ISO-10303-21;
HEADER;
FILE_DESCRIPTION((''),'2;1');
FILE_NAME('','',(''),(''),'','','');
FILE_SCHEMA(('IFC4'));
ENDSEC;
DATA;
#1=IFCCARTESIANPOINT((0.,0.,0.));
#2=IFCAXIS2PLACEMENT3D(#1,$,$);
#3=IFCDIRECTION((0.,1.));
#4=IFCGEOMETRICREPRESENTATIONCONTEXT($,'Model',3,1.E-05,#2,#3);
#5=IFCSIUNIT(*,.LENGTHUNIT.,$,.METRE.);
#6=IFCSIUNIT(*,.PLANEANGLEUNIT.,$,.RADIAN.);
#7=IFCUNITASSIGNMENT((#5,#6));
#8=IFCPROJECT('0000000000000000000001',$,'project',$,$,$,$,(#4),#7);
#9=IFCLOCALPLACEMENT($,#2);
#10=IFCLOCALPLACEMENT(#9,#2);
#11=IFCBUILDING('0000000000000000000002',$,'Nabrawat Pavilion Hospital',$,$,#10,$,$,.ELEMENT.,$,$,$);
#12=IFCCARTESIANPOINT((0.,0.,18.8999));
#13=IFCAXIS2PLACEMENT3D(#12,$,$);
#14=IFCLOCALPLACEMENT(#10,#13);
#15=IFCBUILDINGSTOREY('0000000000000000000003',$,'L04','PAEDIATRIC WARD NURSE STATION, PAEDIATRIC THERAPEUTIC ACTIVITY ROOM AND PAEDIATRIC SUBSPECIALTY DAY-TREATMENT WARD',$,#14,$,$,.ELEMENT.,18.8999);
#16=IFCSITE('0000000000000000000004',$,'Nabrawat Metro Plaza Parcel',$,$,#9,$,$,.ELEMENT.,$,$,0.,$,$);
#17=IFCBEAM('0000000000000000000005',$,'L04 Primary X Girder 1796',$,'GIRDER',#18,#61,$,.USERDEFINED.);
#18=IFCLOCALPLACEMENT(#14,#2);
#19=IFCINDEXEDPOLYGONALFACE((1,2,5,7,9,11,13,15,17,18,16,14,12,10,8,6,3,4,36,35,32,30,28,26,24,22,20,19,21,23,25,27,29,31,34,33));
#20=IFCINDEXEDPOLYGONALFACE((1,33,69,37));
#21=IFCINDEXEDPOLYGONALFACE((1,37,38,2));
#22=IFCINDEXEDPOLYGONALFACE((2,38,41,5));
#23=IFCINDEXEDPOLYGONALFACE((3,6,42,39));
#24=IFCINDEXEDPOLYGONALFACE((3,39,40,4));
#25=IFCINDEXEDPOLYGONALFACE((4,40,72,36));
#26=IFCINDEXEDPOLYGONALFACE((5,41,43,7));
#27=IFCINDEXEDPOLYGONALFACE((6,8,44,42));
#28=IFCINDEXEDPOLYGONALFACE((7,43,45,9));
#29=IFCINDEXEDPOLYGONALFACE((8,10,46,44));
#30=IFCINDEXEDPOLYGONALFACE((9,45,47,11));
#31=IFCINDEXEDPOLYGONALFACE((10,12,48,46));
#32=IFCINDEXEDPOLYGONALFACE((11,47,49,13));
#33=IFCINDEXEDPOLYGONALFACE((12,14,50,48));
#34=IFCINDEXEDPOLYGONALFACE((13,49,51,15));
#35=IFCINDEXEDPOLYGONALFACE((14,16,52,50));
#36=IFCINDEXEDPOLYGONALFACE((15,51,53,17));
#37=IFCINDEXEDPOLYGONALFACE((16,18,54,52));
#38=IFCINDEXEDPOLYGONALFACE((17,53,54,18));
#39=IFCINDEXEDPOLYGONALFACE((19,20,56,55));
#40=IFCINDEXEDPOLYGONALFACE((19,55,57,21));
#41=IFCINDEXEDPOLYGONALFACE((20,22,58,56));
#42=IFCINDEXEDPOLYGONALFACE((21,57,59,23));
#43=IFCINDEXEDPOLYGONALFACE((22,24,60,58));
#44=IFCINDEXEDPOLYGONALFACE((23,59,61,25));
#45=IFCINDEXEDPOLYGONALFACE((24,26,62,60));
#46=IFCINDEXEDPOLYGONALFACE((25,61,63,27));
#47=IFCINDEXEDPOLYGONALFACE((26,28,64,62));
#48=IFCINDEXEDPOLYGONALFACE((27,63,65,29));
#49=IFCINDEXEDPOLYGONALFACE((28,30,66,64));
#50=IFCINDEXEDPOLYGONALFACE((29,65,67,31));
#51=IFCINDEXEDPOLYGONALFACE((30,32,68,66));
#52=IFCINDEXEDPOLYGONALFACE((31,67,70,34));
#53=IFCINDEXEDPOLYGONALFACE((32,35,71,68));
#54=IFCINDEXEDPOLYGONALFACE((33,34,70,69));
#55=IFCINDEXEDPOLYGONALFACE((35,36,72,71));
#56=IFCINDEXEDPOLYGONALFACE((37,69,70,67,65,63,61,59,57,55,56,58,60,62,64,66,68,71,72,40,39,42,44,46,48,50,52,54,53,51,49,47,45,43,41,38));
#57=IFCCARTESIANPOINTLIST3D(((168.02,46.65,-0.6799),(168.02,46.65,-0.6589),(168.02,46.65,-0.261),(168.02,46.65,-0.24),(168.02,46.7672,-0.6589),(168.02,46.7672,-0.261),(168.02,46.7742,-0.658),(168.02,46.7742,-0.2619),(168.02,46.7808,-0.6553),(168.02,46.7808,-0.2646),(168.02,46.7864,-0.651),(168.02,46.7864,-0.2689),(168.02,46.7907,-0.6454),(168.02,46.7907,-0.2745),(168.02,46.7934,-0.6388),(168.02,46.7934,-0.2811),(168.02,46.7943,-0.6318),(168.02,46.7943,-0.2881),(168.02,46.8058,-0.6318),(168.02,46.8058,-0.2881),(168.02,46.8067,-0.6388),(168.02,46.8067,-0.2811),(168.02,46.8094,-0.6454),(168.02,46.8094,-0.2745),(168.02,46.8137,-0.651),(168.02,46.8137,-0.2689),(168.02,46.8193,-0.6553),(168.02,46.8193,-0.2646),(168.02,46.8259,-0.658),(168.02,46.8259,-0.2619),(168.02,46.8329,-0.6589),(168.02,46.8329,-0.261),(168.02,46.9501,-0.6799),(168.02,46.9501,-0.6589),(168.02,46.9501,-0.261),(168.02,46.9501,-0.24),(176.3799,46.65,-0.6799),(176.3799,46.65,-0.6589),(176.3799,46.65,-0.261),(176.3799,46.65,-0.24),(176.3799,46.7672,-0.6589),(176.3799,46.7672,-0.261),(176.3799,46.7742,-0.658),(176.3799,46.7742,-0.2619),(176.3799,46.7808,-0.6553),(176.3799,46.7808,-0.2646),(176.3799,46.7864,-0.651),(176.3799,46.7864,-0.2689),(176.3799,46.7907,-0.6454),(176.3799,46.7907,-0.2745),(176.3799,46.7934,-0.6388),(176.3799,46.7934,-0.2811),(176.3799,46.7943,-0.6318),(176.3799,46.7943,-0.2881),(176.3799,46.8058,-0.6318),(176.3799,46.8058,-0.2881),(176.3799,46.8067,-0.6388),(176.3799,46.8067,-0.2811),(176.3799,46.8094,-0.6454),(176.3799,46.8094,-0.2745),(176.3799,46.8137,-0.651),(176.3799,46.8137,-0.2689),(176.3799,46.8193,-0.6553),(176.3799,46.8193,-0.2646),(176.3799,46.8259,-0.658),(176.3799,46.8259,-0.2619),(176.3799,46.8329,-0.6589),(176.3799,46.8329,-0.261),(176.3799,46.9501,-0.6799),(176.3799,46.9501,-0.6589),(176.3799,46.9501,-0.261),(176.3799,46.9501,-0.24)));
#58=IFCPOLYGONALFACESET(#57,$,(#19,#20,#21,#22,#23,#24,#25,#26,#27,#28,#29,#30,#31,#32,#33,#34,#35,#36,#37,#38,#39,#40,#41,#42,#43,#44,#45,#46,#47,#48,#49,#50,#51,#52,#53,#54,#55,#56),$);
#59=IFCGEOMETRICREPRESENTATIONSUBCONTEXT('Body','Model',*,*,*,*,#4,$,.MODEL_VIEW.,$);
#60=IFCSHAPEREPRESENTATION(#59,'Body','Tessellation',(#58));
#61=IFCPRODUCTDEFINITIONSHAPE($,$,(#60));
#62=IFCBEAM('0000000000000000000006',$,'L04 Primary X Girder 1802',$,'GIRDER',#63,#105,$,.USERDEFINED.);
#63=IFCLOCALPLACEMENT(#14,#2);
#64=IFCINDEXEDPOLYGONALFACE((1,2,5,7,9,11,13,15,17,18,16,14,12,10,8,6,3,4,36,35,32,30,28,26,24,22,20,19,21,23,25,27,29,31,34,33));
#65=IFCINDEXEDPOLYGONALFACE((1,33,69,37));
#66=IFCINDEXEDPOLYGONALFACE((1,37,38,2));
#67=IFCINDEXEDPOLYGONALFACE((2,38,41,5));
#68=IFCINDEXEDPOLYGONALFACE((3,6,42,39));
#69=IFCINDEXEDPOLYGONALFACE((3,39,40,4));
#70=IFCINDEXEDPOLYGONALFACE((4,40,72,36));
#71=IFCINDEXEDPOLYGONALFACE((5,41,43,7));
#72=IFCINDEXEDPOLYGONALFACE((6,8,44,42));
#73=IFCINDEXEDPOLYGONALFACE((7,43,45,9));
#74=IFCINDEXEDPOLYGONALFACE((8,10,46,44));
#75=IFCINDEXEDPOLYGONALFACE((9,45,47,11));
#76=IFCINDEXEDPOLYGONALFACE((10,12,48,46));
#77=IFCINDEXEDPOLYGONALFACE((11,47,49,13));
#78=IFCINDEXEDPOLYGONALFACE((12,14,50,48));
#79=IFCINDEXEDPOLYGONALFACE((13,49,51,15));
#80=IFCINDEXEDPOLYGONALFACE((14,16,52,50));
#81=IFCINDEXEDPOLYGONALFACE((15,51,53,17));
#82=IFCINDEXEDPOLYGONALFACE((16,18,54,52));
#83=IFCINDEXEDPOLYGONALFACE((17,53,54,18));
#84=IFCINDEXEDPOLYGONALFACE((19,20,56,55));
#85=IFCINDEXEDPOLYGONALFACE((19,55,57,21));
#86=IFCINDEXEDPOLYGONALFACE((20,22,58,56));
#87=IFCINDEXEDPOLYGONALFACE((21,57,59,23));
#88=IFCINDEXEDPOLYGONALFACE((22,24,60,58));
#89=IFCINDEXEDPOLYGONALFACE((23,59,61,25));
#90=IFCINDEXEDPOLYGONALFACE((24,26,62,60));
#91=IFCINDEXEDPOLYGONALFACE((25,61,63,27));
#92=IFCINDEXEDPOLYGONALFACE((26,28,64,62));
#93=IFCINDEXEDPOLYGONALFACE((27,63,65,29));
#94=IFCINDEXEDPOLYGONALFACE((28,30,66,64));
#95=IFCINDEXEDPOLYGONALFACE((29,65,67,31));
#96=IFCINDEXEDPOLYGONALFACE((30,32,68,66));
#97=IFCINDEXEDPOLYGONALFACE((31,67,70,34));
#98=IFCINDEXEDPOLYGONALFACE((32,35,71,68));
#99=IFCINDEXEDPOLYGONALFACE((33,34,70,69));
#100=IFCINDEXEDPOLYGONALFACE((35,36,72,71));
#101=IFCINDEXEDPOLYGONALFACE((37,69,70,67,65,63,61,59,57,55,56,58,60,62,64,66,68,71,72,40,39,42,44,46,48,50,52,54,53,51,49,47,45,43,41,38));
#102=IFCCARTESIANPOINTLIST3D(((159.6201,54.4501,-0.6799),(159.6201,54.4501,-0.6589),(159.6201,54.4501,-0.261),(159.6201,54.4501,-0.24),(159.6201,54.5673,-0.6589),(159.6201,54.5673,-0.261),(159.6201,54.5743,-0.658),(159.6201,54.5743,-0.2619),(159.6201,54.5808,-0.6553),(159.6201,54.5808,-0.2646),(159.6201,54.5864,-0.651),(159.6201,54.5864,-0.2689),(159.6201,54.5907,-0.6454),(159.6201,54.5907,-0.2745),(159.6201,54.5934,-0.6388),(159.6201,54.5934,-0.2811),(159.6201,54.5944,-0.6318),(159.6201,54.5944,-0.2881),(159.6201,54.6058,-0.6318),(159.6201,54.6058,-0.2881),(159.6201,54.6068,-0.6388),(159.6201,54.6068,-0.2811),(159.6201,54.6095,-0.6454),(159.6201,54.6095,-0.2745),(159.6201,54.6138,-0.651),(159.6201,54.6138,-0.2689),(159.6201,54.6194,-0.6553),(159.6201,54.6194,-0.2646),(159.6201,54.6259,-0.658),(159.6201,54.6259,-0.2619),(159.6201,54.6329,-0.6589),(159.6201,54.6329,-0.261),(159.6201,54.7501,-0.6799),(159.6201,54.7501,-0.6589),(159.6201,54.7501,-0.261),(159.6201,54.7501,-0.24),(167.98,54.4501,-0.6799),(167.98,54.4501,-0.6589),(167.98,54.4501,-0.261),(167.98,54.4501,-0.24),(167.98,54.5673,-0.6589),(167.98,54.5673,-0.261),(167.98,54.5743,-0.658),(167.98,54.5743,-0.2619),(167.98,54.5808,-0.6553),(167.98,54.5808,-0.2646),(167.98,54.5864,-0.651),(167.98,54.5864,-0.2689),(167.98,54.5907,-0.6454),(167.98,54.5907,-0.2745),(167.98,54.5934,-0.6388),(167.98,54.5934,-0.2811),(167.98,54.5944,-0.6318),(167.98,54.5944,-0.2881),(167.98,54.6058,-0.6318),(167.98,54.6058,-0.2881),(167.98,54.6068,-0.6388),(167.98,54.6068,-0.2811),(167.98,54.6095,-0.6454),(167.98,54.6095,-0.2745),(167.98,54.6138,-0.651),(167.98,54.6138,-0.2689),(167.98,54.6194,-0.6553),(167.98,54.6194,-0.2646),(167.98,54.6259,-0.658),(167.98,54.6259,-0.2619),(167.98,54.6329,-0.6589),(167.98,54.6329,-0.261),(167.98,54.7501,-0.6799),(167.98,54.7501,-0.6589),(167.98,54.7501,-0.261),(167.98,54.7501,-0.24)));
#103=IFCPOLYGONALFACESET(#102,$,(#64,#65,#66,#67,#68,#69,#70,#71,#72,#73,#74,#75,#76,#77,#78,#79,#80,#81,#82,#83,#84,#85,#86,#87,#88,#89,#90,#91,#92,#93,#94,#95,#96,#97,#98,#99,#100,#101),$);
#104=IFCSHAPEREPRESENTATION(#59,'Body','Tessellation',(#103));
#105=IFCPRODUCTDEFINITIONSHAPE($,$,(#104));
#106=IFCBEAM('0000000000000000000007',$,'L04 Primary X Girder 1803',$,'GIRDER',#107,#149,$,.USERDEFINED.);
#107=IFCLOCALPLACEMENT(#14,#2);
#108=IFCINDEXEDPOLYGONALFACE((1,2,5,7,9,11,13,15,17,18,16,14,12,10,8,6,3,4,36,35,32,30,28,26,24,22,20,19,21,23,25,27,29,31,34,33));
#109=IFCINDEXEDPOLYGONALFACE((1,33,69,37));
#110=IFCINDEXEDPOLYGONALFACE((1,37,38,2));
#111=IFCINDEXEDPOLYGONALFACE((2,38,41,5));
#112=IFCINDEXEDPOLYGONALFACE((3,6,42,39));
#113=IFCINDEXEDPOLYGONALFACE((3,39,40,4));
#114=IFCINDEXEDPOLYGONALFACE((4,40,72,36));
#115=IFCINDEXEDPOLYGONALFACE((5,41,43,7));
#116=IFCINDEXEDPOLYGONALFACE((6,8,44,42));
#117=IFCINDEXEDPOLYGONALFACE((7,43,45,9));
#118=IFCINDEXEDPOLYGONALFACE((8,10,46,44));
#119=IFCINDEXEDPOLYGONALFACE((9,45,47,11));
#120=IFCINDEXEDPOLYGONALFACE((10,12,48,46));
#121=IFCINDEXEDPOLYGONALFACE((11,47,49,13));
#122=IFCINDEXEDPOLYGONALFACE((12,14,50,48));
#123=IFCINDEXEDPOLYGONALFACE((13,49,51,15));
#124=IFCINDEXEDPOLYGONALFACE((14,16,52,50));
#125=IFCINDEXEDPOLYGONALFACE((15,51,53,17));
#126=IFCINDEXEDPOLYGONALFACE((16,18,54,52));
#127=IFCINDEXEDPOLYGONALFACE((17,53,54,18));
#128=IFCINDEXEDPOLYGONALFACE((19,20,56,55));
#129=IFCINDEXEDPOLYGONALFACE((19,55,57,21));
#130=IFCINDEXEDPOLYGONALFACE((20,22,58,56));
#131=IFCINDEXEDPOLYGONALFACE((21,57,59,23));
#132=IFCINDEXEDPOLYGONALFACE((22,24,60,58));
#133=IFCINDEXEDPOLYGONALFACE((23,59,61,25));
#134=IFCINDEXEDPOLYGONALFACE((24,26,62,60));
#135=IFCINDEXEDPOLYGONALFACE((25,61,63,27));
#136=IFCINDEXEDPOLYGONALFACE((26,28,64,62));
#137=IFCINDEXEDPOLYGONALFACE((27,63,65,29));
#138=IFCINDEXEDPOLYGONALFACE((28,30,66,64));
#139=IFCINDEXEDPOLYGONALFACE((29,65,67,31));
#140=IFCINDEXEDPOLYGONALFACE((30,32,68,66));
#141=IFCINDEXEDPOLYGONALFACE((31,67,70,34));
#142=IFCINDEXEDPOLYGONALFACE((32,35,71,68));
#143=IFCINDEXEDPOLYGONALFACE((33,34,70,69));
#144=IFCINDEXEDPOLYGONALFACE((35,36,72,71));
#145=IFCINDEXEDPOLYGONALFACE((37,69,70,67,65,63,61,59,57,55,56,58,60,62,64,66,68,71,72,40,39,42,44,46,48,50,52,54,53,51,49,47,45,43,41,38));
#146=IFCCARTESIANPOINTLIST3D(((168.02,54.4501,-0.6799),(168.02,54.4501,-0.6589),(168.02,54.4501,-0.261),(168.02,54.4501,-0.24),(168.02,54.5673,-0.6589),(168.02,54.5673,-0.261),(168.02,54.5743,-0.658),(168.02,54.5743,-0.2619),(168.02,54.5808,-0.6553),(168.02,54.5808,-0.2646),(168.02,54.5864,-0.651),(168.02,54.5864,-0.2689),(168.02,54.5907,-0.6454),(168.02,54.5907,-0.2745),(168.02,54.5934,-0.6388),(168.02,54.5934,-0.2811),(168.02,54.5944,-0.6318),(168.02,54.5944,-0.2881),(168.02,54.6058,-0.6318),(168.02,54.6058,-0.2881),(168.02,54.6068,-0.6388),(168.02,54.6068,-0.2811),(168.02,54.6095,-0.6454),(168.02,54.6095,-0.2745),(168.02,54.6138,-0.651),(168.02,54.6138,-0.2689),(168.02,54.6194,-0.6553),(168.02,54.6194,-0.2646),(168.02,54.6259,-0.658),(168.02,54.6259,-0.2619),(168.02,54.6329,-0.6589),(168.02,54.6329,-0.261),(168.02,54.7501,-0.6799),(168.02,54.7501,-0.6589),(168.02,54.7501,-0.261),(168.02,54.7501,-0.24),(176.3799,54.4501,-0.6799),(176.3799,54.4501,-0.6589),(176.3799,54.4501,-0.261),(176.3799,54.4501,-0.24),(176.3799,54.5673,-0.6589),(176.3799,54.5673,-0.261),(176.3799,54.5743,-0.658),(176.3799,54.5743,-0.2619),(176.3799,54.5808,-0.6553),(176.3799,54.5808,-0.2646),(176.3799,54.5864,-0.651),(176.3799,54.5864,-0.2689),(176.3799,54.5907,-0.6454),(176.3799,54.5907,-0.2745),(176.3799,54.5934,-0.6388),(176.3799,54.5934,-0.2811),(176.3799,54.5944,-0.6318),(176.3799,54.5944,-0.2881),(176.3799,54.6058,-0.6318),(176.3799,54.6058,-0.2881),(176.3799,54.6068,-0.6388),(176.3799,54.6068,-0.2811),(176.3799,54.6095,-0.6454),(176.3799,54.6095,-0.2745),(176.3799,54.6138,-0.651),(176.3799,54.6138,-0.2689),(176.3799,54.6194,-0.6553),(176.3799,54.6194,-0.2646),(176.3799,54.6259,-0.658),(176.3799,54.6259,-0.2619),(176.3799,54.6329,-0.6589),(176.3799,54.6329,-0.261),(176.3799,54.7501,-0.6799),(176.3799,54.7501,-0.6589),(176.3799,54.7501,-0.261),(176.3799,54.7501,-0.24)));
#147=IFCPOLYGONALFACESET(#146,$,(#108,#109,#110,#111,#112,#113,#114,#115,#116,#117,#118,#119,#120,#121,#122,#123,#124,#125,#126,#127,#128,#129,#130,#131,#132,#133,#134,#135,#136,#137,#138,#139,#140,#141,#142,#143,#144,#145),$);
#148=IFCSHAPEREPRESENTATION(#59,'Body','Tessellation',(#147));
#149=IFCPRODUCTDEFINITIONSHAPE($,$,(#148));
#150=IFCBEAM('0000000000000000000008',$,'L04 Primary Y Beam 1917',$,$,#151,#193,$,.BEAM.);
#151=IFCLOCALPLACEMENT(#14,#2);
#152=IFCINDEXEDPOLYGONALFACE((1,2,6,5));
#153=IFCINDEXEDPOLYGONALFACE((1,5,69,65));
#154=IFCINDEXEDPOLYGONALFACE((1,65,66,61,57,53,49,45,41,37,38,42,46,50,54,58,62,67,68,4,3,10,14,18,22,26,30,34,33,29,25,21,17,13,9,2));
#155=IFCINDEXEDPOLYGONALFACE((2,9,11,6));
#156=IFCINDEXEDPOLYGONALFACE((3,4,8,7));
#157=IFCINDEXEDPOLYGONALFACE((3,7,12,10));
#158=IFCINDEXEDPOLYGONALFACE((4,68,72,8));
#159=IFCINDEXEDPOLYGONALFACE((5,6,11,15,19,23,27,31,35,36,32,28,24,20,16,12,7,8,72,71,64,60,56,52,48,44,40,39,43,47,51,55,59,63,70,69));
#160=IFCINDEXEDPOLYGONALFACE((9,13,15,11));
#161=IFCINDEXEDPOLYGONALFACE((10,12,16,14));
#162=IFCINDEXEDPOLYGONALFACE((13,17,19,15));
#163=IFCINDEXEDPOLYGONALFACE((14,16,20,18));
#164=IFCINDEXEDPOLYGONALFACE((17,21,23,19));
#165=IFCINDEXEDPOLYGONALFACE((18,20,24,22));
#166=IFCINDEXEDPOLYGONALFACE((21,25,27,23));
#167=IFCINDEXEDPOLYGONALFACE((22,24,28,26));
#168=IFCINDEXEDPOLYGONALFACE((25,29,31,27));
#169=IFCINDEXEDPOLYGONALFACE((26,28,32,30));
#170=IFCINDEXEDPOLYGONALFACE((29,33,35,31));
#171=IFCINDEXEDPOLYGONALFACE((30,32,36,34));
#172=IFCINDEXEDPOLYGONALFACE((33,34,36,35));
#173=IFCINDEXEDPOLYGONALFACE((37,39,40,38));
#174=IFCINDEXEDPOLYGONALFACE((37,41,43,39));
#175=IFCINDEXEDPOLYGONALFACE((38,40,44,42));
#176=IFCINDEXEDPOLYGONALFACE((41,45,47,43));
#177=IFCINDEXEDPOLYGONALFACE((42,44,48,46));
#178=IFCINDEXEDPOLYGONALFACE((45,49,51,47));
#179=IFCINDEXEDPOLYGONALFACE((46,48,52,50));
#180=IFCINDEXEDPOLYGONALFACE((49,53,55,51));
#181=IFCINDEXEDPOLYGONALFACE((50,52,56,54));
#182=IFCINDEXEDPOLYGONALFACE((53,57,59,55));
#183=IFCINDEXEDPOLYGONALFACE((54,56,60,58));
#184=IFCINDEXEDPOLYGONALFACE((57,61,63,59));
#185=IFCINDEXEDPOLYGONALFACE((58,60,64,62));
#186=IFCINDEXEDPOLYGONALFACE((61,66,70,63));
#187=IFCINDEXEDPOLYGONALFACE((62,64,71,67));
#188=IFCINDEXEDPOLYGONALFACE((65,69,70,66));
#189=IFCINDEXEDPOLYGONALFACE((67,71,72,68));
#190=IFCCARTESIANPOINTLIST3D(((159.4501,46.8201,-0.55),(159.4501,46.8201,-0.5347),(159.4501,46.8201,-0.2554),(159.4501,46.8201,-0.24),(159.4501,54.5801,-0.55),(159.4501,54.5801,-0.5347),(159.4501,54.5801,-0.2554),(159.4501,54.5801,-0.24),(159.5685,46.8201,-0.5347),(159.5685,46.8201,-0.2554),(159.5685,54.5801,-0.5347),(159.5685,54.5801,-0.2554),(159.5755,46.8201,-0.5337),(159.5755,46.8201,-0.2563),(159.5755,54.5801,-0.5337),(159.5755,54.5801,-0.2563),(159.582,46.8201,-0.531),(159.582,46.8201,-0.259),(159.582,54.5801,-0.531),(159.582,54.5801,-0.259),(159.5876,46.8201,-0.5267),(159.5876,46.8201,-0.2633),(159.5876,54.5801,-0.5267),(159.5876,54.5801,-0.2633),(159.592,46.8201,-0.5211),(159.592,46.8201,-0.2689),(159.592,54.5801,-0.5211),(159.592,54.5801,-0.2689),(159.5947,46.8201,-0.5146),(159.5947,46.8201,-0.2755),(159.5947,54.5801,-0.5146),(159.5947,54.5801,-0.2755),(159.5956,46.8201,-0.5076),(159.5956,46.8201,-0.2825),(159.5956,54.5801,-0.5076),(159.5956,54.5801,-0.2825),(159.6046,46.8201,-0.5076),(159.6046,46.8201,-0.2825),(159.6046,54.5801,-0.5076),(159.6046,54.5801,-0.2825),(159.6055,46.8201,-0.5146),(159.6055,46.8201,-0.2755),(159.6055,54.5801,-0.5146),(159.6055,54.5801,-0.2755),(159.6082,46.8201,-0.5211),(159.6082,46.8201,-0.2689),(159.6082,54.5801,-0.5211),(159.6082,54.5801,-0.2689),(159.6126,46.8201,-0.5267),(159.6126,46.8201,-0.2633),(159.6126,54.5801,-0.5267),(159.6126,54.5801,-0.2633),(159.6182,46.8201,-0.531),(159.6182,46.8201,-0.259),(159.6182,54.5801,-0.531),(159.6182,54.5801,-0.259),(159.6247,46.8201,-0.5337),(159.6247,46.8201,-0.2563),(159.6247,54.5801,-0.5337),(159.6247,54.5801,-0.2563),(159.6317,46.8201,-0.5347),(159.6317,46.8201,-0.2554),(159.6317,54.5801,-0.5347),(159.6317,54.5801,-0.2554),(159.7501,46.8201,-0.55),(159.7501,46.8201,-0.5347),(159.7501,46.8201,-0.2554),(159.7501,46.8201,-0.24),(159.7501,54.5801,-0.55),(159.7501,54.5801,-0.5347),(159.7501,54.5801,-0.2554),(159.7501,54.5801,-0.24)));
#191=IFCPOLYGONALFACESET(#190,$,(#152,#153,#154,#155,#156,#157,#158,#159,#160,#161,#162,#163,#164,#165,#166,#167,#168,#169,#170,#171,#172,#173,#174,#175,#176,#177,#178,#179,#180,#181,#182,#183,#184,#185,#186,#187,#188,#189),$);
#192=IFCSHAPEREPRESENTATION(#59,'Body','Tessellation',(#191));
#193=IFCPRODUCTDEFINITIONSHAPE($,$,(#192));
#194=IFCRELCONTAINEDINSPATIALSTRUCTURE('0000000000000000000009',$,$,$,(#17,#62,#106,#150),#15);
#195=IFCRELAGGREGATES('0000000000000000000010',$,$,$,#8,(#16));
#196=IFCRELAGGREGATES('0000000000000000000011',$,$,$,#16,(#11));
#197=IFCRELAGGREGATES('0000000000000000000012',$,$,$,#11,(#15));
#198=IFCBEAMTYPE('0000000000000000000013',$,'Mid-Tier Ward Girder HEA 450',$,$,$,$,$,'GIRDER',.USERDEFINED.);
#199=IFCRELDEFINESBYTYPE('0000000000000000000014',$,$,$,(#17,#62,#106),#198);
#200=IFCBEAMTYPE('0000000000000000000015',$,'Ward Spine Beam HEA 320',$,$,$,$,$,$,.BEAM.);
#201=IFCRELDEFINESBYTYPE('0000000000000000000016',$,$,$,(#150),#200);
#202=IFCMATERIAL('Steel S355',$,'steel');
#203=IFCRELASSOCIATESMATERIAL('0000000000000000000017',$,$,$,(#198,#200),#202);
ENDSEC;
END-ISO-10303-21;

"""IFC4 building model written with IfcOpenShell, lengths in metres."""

from ifc_helpers import new_model, si_unit, direction, frame, origin, origin_2d, place, context, subcontext, project, spatial, i_section, extrude, material, material_profile, profile_set, type_object, element, save


model = new_model("IFC4")

# Units and contexts
model_context = context("Model", 3, precision=1e-05, world=origin(), true_north=direction((0.0, 1.0)))
body_context = subcontext(model_context, "Body", "Model", "MODEL_VIEW")
ifc_project = project(units=[si_unit("LENGTHUNIT", "METRE"), si_unit("PLANEANGLEUNIT", "RADIAN")], contexts=[model_context])

# Site, building, storey
site_placement = place(None, origin())
site = spatial("IfcSite", under=ifc_project, at=site_placement, Name="Nabrawat Metro Plaza Parcel", CompositionType="ELEMENT", RefElevation=0.0)
building_placement = place(site_placement, origin())
building = spatial("IfcBuilding", under=site, at=building_placement, Name="Nabrawat Pavilion Hospital", CompositionType="ELEMENT")
storey_placement = place(building_placement, frame((0.0, 0.0, 18.8999)))
storey = spatial("IfcBuildingStorey", under=building, at=storey_placement, Name="L04", Description="PAEDIATRIC WARD NURSE STATION, PAEDIATRIC THERAPEUTIC ACTIVITY ROOM AND PAEDIATRIC SUBSPECIALTY DAY-TREATMENT WARD", CompositionType="ELEMENT", Elevation=18.8999)

# Shared definitions
ifc_material_1 = material(Name="Steel S355", Category="steel")

# Beams
ifc_material_profile_1 = material_profile(ifc_material_1, i_section(OverallWidth=0.3, OverallDepth=0.4399, WebThickness=0.0115, FlangeThickness=0.021, FilletRadius=0.0271, at=origin_2d()), Name="HEA 450")
ifc_profile_set_1 = profile_set([ifc_material_profile_1], Name="Steel S355")
beam_type_1 = type_object("IfcBeamType", Name="Mid-Tier Ward Girder HEA 450", ElementType="GIRDER", PredefinedType="USERDEFINED", material=ifc_profile_set_1)
for number, where, z_axis, x_axis, name in (
    (1, (168.02, 46.8, -0.46), (1.0, 0.0, 0.0), (0.0, 1.0, 0.0), "L04 Primary X Girder 1796"),
    (2, (159.6201, 54.6001, -0.46), (1.0, 0.0, 0.0), (0.0, 1.0, 0.0), "L04 Primary X Girder 1802"),
    (3, (168.02, 54.6001, -0.46), (1.0, 0.0, 0.0), (0.0, 1.0, 0.0), "L04 Primary X Girder 1803"),
):
    element("IfcBeam", number, at=place(storey_placement, frame(where, z_axis=z_axis, x_axis=x_axis)), inside=storey, type_object=beam_type_1, Name=name, ObjectType="GIRDER", PredefinedType="USERDEFINED", context=body_context, shape_type="SweptSolid", body=[
        extrude(i_section(OverallWidth=0.3, OverallDepth=0.4399, WebThickness=0.0115, FlangeThickness=0.021, FilletRadius=0.0271, at=origin_2d()), origin(), (0.0, 0.0, 1.0), 8.3599),
    ])
ifc_material_profile_2 = material_profile(ifc_material_1, i_section(OverallWidth=0.3, OverallDepth=0.3101, WebThickness=0.009, FlangeThickness=0.0154, FilletRadius=0.0271, at=origin_2d()), Name="HEA 320")
ifc_profile_set_2 = profile_set([ifc_material_profile_2], Name="Steel S355")
beam_type_2 = type_object("IfcBeamType", Name="Ward Spine Beam HEA 320", PredefinedType="BEAM", material=ifc_profile_set_2)
beam_1_placement = place(storey_placement, frame((159.6001, 46.8201, -0.395), z_axis=(0.0, 1.0, 0.0), x_axis=(-1.0, 0.0, 0.0)))
element("IfcBeam", 4, at=beam_1_placement, inside=storey, type_object=beam_type_2, Name="L04 Primary Y Beam 1917", PredefinedType="BEAM", context=body_context, shape_type="SweptSolid", body=[
    extrude(i_section(OverallWidth=0.3, OverallDepth=0.3101, WebThickness=0.009, FlangeThickness=0.0154, FilletRadius=0.0271, at=origin_2d()), origin(), (0.0, 0.0, 1.0), 7.76),
])

save(model, "model.ifc")
